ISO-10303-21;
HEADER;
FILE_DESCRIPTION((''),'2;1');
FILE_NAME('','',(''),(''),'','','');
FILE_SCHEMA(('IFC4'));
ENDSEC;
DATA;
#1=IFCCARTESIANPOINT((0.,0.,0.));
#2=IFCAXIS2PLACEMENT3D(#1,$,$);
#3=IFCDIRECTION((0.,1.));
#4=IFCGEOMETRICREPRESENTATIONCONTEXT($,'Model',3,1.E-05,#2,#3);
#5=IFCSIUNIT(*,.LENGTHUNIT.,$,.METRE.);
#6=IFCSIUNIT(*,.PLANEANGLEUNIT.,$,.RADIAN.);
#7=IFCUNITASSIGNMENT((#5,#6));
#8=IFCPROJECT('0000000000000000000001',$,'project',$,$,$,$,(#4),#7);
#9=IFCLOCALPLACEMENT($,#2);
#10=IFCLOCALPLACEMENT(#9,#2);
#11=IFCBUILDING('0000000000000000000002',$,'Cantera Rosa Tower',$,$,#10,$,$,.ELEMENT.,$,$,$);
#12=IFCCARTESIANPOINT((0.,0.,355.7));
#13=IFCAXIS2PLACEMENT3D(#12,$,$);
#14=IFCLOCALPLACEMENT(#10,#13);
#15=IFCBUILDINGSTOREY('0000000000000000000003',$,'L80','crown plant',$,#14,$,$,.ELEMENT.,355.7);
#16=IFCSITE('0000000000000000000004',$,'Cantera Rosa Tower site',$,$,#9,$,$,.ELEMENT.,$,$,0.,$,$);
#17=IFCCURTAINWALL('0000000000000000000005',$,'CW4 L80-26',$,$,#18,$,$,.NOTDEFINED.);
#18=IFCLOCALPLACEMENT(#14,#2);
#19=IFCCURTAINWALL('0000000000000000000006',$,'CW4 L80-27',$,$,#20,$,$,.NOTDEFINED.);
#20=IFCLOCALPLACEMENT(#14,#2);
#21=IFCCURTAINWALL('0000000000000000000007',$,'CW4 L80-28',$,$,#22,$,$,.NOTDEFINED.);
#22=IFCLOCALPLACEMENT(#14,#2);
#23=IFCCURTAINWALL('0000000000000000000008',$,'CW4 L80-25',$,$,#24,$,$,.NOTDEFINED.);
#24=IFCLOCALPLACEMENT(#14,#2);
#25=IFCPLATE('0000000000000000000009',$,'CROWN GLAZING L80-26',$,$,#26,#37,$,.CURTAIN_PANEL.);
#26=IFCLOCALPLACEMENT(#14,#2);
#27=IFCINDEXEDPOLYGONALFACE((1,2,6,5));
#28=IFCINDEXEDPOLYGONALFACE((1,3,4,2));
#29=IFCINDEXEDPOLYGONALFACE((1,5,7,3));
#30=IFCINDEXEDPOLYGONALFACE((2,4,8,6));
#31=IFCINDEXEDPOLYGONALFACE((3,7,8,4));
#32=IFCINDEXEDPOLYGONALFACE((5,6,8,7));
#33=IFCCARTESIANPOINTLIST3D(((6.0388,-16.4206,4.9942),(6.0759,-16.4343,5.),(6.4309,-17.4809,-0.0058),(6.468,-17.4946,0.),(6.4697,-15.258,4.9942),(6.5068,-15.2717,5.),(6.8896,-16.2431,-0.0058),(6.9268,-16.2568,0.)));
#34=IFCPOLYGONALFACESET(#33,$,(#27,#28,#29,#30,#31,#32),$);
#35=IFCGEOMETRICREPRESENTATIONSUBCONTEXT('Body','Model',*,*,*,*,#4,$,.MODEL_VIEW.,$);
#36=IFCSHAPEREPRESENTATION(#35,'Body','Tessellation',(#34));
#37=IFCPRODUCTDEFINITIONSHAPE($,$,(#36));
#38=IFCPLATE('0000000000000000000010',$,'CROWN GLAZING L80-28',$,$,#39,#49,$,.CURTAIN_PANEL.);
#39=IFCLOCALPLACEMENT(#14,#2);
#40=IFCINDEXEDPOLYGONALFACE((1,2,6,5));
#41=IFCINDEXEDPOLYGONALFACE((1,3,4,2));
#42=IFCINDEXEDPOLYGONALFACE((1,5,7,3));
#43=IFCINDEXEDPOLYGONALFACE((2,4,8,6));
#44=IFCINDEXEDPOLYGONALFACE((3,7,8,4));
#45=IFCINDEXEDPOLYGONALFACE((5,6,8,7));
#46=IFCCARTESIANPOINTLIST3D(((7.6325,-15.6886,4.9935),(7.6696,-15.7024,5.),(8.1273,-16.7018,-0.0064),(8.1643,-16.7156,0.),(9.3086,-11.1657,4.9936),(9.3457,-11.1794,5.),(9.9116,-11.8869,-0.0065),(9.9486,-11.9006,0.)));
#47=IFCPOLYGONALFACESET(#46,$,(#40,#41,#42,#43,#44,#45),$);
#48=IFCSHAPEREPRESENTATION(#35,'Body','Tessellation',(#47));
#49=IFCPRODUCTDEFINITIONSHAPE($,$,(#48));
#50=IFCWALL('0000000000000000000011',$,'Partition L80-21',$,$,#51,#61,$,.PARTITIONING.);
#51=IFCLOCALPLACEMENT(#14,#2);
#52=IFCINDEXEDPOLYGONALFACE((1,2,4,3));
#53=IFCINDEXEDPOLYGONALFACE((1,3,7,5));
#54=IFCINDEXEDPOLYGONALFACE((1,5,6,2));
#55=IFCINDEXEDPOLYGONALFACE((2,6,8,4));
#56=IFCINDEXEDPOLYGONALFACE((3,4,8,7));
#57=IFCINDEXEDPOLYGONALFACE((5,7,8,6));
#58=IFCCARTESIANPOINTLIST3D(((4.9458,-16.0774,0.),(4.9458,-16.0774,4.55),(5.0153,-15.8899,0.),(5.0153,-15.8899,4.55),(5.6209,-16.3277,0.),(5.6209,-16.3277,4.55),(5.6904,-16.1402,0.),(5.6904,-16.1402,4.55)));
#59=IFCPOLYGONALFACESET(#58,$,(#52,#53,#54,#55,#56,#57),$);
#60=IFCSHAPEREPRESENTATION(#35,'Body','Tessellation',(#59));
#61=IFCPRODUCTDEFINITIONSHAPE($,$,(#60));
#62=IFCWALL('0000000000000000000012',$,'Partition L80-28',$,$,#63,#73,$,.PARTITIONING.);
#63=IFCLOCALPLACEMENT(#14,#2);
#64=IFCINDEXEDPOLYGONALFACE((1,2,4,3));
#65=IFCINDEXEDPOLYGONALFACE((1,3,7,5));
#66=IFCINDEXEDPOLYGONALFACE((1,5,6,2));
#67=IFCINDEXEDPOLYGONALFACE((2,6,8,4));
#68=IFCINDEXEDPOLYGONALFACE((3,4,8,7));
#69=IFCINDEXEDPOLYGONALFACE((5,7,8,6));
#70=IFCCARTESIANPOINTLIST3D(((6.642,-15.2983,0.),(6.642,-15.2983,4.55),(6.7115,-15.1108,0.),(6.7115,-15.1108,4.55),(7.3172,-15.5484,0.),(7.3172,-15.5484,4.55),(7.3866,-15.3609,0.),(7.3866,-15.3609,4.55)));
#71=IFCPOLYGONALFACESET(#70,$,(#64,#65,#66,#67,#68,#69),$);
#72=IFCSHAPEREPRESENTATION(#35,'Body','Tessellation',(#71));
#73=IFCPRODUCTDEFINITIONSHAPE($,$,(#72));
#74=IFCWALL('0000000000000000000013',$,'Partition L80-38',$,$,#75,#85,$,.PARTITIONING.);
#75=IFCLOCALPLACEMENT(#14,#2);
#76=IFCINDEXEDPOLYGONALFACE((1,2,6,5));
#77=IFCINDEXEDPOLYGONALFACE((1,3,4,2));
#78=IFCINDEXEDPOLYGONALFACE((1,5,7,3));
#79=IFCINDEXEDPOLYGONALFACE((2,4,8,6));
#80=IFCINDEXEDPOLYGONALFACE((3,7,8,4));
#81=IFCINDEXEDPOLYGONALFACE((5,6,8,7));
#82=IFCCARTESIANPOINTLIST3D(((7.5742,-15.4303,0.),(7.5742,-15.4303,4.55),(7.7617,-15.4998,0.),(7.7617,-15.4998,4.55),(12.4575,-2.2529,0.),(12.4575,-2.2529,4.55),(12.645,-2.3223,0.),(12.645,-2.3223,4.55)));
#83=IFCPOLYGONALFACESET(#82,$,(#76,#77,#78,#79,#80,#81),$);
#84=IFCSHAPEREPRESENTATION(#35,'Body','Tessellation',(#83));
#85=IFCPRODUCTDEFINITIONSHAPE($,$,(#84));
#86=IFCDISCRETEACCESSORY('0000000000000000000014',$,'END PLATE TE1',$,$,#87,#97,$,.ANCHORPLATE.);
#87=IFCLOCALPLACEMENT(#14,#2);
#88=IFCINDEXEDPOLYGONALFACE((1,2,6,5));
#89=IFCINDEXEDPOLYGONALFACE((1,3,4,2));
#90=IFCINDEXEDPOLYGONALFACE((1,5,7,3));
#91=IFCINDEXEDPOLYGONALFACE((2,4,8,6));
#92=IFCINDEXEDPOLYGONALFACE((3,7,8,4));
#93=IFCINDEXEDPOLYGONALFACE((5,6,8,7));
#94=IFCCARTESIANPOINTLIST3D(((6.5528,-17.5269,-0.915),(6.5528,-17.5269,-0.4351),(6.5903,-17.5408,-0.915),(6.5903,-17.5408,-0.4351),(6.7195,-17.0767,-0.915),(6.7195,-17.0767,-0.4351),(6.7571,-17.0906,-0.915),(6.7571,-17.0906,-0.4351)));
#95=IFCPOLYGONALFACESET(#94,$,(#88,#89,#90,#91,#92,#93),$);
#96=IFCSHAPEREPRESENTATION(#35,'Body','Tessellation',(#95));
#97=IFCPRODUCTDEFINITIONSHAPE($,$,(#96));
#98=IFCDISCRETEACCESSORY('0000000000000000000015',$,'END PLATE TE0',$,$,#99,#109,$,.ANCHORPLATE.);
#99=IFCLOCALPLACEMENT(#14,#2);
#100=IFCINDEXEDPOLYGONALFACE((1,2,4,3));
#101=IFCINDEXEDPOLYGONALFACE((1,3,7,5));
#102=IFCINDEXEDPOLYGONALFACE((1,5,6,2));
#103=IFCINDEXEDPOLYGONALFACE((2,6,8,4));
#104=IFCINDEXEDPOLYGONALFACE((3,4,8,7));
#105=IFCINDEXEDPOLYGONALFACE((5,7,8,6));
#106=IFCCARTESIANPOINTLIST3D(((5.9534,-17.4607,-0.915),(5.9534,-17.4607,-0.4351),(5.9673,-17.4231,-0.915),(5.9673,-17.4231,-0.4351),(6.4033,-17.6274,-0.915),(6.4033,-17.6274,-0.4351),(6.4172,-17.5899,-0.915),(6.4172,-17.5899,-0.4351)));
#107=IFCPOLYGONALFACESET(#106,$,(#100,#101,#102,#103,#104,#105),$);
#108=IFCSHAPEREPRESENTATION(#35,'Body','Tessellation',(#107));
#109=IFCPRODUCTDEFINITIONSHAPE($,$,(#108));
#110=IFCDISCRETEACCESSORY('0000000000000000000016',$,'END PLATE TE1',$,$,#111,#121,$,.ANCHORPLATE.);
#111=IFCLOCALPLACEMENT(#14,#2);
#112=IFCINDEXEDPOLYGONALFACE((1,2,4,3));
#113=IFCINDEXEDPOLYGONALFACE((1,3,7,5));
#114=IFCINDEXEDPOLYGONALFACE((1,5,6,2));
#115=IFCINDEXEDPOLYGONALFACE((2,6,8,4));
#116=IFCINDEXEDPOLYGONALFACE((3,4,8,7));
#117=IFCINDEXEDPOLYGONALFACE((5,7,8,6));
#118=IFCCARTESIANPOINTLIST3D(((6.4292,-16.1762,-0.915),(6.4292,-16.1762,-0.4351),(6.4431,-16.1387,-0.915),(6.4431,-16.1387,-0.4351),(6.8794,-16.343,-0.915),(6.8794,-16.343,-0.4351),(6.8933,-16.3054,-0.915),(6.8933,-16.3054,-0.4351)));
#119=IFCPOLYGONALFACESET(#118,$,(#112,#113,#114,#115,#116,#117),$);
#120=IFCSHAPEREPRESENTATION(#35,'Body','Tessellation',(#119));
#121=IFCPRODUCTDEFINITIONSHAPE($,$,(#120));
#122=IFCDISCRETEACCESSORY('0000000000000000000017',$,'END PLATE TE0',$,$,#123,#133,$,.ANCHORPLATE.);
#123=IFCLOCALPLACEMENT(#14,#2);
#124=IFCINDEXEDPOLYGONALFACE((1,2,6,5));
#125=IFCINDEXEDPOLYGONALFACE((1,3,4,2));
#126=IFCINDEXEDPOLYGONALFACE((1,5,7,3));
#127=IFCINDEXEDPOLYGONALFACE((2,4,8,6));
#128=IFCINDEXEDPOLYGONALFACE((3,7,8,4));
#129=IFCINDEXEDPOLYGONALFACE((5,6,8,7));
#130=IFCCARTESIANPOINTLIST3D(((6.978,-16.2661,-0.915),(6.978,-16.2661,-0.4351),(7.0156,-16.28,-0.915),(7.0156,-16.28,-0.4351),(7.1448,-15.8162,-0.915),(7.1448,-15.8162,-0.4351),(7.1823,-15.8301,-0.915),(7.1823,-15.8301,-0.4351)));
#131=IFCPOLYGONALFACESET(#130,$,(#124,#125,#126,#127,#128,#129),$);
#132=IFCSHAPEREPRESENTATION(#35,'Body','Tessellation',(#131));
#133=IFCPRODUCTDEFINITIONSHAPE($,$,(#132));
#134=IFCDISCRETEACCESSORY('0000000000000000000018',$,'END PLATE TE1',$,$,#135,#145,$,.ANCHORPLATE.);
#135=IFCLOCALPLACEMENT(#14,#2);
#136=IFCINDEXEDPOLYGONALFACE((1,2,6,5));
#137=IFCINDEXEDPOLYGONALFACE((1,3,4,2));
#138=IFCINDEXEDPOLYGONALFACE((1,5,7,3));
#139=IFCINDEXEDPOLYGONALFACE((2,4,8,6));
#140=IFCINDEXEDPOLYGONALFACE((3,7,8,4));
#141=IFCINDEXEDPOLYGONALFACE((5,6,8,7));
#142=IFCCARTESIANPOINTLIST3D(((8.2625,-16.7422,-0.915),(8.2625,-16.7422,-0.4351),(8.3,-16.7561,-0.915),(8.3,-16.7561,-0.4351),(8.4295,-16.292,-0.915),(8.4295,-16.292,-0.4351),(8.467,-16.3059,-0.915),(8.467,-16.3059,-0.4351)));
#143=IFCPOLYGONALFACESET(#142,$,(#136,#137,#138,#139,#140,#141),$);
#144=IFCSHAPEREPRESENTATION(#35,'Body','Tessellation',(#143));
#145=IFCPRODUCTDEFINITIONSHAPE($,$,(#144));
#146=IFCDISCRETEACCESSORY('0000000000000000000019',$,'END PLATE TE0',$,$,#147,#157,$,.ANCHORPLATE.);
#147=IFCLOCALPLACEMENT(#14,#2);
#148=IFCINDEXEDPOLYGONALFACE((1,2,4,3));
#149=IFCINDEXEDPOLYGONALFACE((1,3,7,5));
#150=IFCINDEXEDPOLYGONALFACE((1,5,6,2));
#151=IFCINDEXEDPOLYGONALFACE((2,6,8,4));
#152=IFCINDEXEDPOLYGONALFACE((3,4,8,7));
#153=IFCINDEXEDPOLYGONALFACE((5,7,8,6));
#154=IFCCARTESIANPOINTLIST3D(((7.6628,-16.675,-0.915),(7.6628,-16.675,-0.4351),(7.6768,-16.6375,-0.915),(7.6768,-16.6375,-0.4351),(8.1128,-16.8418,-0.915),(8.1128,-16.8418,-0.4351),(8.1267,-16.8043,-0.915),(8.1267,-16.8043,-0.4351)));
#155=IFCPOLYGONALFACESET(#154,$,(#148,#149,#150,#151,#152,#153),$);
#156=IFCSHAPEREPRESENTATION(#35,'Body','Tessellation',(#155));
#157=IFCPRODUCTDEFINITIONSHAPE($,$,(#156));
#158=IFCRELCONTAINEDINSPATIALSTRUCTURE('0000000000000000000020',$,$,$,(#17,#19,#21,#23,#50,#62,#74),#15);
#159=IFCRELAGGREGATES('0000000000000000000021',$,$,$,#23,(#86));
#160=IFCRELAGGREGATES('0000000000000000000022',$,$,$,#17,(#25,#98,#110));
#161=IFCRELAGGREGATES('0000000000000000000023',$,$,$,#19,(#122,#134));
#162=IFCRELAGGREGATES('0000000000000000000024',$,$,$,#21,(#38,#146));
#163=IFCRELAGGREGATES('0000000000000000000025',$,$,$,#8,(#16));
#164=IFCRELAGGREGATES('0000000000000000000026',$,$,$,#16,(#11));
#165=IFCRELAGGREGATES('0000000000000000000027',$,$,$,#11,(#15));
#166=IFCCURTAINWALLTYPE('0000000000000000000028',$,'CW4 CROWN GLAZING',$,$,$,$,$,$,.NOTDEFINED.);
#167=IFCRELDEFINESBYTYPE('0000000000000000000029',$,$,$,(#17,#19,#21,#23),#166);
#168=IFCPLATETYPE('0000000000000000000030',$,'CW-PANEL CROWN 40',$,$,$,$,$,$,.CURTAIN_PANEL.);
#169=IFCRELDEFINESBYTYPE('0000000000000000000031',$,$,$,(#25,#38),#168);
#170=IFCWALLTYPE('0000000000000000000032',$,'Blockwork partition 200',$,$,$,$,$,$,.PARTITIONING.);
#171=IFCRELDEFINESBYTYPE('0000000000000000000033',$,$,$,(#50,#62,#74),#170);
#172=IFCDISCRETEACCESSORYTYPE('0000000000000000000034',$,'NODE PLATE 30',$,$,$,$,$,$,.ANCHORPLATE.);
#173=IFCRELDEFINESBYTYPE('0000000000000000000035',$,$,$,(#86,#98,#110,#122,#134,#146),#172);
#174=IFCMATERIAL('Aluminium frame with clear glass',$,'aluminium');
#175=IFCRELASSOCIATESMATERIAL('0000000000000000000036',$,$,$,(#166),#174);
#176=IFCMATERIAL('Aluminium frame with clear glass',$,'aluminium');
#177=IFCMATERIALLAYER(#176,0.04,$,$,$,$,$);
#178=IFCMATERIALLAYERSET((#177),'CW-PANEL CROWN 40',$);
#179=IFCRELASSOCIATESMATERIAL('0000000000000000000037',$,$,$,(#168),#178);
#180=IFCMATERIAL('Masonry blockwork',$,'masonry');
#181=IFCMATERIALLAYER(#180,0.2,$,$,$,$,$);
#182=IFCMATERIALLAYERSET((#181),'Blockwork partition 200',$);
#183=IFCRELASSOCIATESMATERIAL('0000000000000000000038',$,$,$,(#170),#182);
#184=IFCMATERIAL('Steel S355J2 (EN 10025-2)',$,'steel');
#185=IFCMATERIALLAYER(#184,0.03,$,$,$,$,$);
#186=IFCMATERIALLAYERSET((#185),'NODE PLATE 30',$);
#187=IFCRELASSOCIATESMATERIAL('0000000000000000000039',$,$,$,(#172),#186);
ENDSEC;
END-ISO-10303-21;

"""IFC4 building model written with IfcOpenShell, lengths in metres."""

from ifc_helpers import new_model, si_unit, direction, frame, frame_2d, origin, place, context, subcontext, project, spatial, polyline, rectangle, outline, extrude, material, layer, layer_set, type_object, element, aggregate, save


model = new_model("IFC4")

# Units and contexts
model_context = context("Model", 3, precision=1e-05, world=origin(), true_north=direction((0.0, 1.0)))
body_context = subcontext(model_context, "Body", "Model", "MODEL_VIEW")
ifc_project = project(units=[si_unit("LENGTHUNIT", "METRE"), si_unit("PLANEANGLEUNIT", "RADIAN")], contexts=[model_context])

# Site, building, storey
site_placement = place(None, origin())
site = spatial("IfcSite", under=ifc_project, at=site_placement, Name="Cantera Rosa Tower site", CompositionType="ELEMENT", RefElevation=0.0)
building_placement = place(site_placement, origin())
building = spatial("IfcBuilding", under=site, at=building_placement, Name="Cantera Rosa Tower", CompositionType="ELEMENT")
storey_placement = place(building_placement, frame((0.0, 0.0, 355.7)))
storey = spatial("IfcBuildingStorey", under=building, at=storey_placement, Name="L80", Description="crown plant", CompositionType="ELEMENT", Elevation=355.7)

# Curtain walls
ifc_material_1 = material(Name="Aluminium frame with clear glass", Category="aluminium")
curtain_wall_type = type_object("IfcCurtainWallType", Name="CW4 CROWN GLAZING", PredefinedType="NOTDEFINED", material=ifc_material_1)
curtain_wall_1_placement = place(storey_placement, origin())
curtain_wall_1 = element("IfcCurtainWall", 1, at=curtain_wall_1_placement, inside=storey, type_object=curtain_wall_type, Name="CW4 L80-26", PredefinedType="NOTDEFINED")
curtain_wall_2_placement = place(storey_placement, origin())
curtain_wall_2 = element("IfcCurtainWall", 2, at=curtain_wall_2_placement, inside=storey, type_object=curtain_wall_type, Name="CW4 L80-27", PredefinedType="NOTDEFINED")
curtain_wall_3_placement = place(storey_placement, origin())
curtain_wall_3 = element("IfcCurtainWall", 3, at=curtain_wall_3_placement, inside=storey, type_object=curtain_wall_type, Name="CW4 L80-28", PredefinedType="NOTDEFINED")
curtain_wall_4_placement = place(storey_placement, origin())
curtain_wall_4 = element("IfcCurtainWall", 4, at=curtain_wall_4_placement, inside=storey, type_object=curtain_wall_type, Name="CW4 L80-25", PredefinedType="NOTDEFINED")

# Plates
ifc_material_2 = material(Name="Aluminium frame with clear glass", Category="aluminium")
ifc_layer_1 = layer(ifc_material_2, 0.04)
ifc_layer_set_1 = layer_set([ifc_layer_1], Name="CW-PANEL CROWN 40")
plate_type = type_object("IfcPlateType", Name="CW-PANEL CROWN 40", PredefinedType="CURTAIN_PANEL", material=ifc_layer_set_1)
plate_1_placement = place(storey_placement, frame((6.468, -17.4946, 0.0), z_axis=(0.927671, -0.343819, 0.145653), x_axis=(0.347525, 0.937671, 0.000002)))
plate_1 = element("IfcPlate", 5, at=plate_1_placement, type_object=plate_type, Name="CROWN GLAZING L80-26", PredefinedType="CURTAIN_PANEL", context=body_context, shape_type="SweptSolid", body=[
    extrude(outline(polyline([(0.0, 0.0), (1.3201, 0.0), (2.0978, 5.0539), (0.858, 5.0539), (0.0, 0.0)])), origin(), (0.0, 0.0, -1.0), 0.04),
])
plate_2_placement = place(storey_placement, frame((8.1643, -16.7156, 0.0), z_axis=(0.925442, -0.342952, 0.161062), x_axis=(0.347489, 0.937684, -0.000003)))
plate_2 = element("IfcPlate", 6, at=plate_2_placement, type_object=plate_type, Name="CROWN GLAZING L80-28", PredefinedType="CURTAIN_PANEL", context=body_context, shape_type="SweptSolid", body=[
    extrude(outline(polyline([(0.0, 0.0), (5.135, 0.0), (5.6017, 5.0662), (0.7782, 5.0661), (0.0, 0.0)])), origin(), (0.0, 0.0, -1.0), 0.04),
])

# Walls
ifc_material_3 = material(Name="Masonry blockwork", Category="masonry")
ifc_layer_2 = layer(ifc_material_3, 0.2)
ifc_layer_set_2 = layer_set([ifc_layer_2], Name="Blockwork partition 200")
wall_type = type_object("IfcWallType", Name="Blockwork partition 200", PredefinedType="PARTITIONING", material=ifc_layer_set_2)
for number, where, z_axis, x_axis, name in (
    (7, (5.6555, -16.2339, 0.0), (0.0, 0.0, 1.0), (-0.937646, 0.34759, 0.0), "Partition L80-21"),
    (8, (7.3518, -15.4546, 0.0), (0.0, 0.0, 1.0), (-0.937757, 0.347292, 0.0), "Partition L80-28"),
):
    element("IfcWall", number, at=place(storey_placement, frame(where, z_axis=z_axis, x_axis=x_axis)), inside=storey, type_object=wall_type, Name=name, PredefinedType="PARTITIONING", context=body_context, shape_type="SweptSolid", body=[
        extrude(rectangle(XDim=0.72, YDim=0.2, at=frame_2d((0.3599, 0.0))), origin(), (0.0, 0.0, 1.0), 4.55),
    ])
wall_placement = place(storey_placement, frame((7.668, -15.4651, 0.0), z_axis=(0.0, 0.0, 1.0), x_axis=(0.347486, 0.937685, 0.0)))
element("IfcWall", 9, at=wall_placement, inside=storey, type_object=wall_type, Name="Partition L80-38", PredefinedType="PARTITIONING", context=body_context, shape_type="SweptSolid", body=[
    extrude(rectangle(XDim=14.0532, YDim=0.2, at=frame_2d((7.0266, 0.0))), origin(), (0.0, 0.0, 1.0), 4.55),
])

# Discrete accessories
ifc_material_4 = material(Name="Steel S355J2 (EN 10025-2)", Category="steel")
ifc_layer_3 = layer(ifc_material_4, 0.03)
ifc_layer_set_3 = layer_set([ifc_layer_3], Name="NODE PLATE 30")
discrete_accessory_type = type_object("IfcDiscreteAccessoryType", Name="NODE PLATE 30", PredefinedType="ANCHORPLATE", material=ifc_layer_set_3)
discrete_accessory_1_placement = place(storey_placement, frame((6.7571, -17.0906, -0.4351), z_axis=(0.937743, -0.347331, 0.0), x_axis=(-0.347331, -0.937743, 0.0)))
discrete_accessory_1 = element("IfcDiscreteAccessory", 10, at=discrete_accessory_1_placement, type_object=discrete_accessory_type, Name="END PLATE TE1", PredefinedType="ANCHORPLATE", context=body_context, shape_type="SweptSolid", body=[
    extrude(outline(polyline([(0.0, 0.0), (0.4801, 0.0), (0.4801, 0.48), (0.0, 0.48), (0.0, 0.0)])), origin(), (0.0, 0.0, -1.0), 0.04),
])
aggregate(curtain_wall_4, [discrete_accessory_1])
discrete_accessory_2_placement = place(storey_placement, frame((6.4033, -17.6274, -0.4351), z_axis=(-0.347497, -0.937681, 0.0), x_axis=(-0.937681, 0.347497, 0.0)))
discrete_accessory_2 = element("IfcDiscreteAccessory", 11, at=discrete_accessory_2_placement, type_object=discrete_accessory_type, Name="END PLATE TE0", PredefinedType="ANCHORPLATE", context=body_context, shape_type="SweptSolid", body=[
    extrude(outline(polyline([(0.0, 0.0), (0.4799, 0.0), (0.4799, 0.48), (0.0, 0.48), (0.0, 0.0)])), origin(), (0.0, 0.0, -1.0), 0.04),
])
discrete_accessory_3_placement = place(storey_placement, frame((6.4431, -16.1387, -0.4351), z_axis=(0.347331, 0.937743, 0.0), x_axis=(0.937743, -0.347331, 0.0)))
discrete_accessory_3 = element("IfcDiscreteAccessory", 12, at=discrete_accessory_3_placement, type_object=discrete_accessory_type, Name="END PLATE TE1", PredefinedType="ANCHORPLATE", context=body_context, shape_type="SweptSolid", body=[
    extrude(outline(polyline([(0.0, 0.0), (0.4801, 0.0), (0.4801, 0.48), (0.0, 0.48), (0.0, 0.0)])), origin(), (0.0, 0.0, -1.0), 0.04),
])
aggregate(curtain_wall_1, [plate_1, discrete_accessory_2, discrete_accessory_3])
discrete_accessory_4_placement = place(storey_placement, frame((6.978, -16.2661, -0.4351), z_axis=(-0.937681, 0.347497, 0.0), x_axis=(0.347497, 0.937681, 0.0)))
discrete_accessory_4 = element("IfcDiscreteAccessory", 13, at=discrete_accessory_4_placement, type_object=discrete_accessory_type, Name="END PLATE TE0", PredefinedType="ANCHORPLATE", context=body_context, shape_type="SweptSolid", body=[
    extrude(outline(polyline([(0.0, 0.0), (0.4799, 0.0), (0.4799, 0.48), (0.0, 0.48), (0.0, 0.0)])), origin(), (0.0, 0.0, -1.0), 0.04),
])
discrete_accessory_5_placement = place(storey_placement, frame((8.467, -16.3059, -0.4351), z_axis=(0.937577, -0.347778, 0.0), x_axis=(-0.347778, -0.937577, 0.0)))
discrete_accessory_5 = element("IfcDiscreteAccessory", 14, at=discrete_accessory_5_placement, type_object=discrete_accessory_type, Name="END PLATE TE1", PredefinedType="ANCHORPLATE", context=body_context, shape_type="SweptSolid", body=[
    extrude(outline(polyline([(0.0, 0.0), (0.4802, 0.0), (0.4802, 0.48), (0.0, 0.48), (0.0, 0.0)])), origin(), (0.0, 0.0, -1.0), 0.04),
])
aggregate(curtain_wall_2, [discrete_accessory_4, discrete_accessory_5])
discrete_accessory_6_placement = place(storey_placement, frame((8.1128, -16.8418, -0.4351), z_axis=(-0.347497, -0.937681, 0.0), x_axis=(-0.937681, 0.347497, 0.0)))
discrete_accessory_6 = element("IfcDiscreteAccessory", 15, at=discrete_accessory_6_placement, type_object=discrete_accessory_type, Name="END PLATE TE0", PredefinedType="ANCHORPLATE", context=body_context, shape_type="SweptSolid", body=[
    extrude(outline(polyline([(0.0, 0.0), (0.4799, 0.0), (0.4799, 0.48), (0.0, 0.48), (0.0, 0.0)])), origin(), (0.0, 0.0, -1.0), 0.04),
])
aggregate(curtain_wall_3, [plate_2, discrete_accessory_6])

save(model, "model.ifc")
